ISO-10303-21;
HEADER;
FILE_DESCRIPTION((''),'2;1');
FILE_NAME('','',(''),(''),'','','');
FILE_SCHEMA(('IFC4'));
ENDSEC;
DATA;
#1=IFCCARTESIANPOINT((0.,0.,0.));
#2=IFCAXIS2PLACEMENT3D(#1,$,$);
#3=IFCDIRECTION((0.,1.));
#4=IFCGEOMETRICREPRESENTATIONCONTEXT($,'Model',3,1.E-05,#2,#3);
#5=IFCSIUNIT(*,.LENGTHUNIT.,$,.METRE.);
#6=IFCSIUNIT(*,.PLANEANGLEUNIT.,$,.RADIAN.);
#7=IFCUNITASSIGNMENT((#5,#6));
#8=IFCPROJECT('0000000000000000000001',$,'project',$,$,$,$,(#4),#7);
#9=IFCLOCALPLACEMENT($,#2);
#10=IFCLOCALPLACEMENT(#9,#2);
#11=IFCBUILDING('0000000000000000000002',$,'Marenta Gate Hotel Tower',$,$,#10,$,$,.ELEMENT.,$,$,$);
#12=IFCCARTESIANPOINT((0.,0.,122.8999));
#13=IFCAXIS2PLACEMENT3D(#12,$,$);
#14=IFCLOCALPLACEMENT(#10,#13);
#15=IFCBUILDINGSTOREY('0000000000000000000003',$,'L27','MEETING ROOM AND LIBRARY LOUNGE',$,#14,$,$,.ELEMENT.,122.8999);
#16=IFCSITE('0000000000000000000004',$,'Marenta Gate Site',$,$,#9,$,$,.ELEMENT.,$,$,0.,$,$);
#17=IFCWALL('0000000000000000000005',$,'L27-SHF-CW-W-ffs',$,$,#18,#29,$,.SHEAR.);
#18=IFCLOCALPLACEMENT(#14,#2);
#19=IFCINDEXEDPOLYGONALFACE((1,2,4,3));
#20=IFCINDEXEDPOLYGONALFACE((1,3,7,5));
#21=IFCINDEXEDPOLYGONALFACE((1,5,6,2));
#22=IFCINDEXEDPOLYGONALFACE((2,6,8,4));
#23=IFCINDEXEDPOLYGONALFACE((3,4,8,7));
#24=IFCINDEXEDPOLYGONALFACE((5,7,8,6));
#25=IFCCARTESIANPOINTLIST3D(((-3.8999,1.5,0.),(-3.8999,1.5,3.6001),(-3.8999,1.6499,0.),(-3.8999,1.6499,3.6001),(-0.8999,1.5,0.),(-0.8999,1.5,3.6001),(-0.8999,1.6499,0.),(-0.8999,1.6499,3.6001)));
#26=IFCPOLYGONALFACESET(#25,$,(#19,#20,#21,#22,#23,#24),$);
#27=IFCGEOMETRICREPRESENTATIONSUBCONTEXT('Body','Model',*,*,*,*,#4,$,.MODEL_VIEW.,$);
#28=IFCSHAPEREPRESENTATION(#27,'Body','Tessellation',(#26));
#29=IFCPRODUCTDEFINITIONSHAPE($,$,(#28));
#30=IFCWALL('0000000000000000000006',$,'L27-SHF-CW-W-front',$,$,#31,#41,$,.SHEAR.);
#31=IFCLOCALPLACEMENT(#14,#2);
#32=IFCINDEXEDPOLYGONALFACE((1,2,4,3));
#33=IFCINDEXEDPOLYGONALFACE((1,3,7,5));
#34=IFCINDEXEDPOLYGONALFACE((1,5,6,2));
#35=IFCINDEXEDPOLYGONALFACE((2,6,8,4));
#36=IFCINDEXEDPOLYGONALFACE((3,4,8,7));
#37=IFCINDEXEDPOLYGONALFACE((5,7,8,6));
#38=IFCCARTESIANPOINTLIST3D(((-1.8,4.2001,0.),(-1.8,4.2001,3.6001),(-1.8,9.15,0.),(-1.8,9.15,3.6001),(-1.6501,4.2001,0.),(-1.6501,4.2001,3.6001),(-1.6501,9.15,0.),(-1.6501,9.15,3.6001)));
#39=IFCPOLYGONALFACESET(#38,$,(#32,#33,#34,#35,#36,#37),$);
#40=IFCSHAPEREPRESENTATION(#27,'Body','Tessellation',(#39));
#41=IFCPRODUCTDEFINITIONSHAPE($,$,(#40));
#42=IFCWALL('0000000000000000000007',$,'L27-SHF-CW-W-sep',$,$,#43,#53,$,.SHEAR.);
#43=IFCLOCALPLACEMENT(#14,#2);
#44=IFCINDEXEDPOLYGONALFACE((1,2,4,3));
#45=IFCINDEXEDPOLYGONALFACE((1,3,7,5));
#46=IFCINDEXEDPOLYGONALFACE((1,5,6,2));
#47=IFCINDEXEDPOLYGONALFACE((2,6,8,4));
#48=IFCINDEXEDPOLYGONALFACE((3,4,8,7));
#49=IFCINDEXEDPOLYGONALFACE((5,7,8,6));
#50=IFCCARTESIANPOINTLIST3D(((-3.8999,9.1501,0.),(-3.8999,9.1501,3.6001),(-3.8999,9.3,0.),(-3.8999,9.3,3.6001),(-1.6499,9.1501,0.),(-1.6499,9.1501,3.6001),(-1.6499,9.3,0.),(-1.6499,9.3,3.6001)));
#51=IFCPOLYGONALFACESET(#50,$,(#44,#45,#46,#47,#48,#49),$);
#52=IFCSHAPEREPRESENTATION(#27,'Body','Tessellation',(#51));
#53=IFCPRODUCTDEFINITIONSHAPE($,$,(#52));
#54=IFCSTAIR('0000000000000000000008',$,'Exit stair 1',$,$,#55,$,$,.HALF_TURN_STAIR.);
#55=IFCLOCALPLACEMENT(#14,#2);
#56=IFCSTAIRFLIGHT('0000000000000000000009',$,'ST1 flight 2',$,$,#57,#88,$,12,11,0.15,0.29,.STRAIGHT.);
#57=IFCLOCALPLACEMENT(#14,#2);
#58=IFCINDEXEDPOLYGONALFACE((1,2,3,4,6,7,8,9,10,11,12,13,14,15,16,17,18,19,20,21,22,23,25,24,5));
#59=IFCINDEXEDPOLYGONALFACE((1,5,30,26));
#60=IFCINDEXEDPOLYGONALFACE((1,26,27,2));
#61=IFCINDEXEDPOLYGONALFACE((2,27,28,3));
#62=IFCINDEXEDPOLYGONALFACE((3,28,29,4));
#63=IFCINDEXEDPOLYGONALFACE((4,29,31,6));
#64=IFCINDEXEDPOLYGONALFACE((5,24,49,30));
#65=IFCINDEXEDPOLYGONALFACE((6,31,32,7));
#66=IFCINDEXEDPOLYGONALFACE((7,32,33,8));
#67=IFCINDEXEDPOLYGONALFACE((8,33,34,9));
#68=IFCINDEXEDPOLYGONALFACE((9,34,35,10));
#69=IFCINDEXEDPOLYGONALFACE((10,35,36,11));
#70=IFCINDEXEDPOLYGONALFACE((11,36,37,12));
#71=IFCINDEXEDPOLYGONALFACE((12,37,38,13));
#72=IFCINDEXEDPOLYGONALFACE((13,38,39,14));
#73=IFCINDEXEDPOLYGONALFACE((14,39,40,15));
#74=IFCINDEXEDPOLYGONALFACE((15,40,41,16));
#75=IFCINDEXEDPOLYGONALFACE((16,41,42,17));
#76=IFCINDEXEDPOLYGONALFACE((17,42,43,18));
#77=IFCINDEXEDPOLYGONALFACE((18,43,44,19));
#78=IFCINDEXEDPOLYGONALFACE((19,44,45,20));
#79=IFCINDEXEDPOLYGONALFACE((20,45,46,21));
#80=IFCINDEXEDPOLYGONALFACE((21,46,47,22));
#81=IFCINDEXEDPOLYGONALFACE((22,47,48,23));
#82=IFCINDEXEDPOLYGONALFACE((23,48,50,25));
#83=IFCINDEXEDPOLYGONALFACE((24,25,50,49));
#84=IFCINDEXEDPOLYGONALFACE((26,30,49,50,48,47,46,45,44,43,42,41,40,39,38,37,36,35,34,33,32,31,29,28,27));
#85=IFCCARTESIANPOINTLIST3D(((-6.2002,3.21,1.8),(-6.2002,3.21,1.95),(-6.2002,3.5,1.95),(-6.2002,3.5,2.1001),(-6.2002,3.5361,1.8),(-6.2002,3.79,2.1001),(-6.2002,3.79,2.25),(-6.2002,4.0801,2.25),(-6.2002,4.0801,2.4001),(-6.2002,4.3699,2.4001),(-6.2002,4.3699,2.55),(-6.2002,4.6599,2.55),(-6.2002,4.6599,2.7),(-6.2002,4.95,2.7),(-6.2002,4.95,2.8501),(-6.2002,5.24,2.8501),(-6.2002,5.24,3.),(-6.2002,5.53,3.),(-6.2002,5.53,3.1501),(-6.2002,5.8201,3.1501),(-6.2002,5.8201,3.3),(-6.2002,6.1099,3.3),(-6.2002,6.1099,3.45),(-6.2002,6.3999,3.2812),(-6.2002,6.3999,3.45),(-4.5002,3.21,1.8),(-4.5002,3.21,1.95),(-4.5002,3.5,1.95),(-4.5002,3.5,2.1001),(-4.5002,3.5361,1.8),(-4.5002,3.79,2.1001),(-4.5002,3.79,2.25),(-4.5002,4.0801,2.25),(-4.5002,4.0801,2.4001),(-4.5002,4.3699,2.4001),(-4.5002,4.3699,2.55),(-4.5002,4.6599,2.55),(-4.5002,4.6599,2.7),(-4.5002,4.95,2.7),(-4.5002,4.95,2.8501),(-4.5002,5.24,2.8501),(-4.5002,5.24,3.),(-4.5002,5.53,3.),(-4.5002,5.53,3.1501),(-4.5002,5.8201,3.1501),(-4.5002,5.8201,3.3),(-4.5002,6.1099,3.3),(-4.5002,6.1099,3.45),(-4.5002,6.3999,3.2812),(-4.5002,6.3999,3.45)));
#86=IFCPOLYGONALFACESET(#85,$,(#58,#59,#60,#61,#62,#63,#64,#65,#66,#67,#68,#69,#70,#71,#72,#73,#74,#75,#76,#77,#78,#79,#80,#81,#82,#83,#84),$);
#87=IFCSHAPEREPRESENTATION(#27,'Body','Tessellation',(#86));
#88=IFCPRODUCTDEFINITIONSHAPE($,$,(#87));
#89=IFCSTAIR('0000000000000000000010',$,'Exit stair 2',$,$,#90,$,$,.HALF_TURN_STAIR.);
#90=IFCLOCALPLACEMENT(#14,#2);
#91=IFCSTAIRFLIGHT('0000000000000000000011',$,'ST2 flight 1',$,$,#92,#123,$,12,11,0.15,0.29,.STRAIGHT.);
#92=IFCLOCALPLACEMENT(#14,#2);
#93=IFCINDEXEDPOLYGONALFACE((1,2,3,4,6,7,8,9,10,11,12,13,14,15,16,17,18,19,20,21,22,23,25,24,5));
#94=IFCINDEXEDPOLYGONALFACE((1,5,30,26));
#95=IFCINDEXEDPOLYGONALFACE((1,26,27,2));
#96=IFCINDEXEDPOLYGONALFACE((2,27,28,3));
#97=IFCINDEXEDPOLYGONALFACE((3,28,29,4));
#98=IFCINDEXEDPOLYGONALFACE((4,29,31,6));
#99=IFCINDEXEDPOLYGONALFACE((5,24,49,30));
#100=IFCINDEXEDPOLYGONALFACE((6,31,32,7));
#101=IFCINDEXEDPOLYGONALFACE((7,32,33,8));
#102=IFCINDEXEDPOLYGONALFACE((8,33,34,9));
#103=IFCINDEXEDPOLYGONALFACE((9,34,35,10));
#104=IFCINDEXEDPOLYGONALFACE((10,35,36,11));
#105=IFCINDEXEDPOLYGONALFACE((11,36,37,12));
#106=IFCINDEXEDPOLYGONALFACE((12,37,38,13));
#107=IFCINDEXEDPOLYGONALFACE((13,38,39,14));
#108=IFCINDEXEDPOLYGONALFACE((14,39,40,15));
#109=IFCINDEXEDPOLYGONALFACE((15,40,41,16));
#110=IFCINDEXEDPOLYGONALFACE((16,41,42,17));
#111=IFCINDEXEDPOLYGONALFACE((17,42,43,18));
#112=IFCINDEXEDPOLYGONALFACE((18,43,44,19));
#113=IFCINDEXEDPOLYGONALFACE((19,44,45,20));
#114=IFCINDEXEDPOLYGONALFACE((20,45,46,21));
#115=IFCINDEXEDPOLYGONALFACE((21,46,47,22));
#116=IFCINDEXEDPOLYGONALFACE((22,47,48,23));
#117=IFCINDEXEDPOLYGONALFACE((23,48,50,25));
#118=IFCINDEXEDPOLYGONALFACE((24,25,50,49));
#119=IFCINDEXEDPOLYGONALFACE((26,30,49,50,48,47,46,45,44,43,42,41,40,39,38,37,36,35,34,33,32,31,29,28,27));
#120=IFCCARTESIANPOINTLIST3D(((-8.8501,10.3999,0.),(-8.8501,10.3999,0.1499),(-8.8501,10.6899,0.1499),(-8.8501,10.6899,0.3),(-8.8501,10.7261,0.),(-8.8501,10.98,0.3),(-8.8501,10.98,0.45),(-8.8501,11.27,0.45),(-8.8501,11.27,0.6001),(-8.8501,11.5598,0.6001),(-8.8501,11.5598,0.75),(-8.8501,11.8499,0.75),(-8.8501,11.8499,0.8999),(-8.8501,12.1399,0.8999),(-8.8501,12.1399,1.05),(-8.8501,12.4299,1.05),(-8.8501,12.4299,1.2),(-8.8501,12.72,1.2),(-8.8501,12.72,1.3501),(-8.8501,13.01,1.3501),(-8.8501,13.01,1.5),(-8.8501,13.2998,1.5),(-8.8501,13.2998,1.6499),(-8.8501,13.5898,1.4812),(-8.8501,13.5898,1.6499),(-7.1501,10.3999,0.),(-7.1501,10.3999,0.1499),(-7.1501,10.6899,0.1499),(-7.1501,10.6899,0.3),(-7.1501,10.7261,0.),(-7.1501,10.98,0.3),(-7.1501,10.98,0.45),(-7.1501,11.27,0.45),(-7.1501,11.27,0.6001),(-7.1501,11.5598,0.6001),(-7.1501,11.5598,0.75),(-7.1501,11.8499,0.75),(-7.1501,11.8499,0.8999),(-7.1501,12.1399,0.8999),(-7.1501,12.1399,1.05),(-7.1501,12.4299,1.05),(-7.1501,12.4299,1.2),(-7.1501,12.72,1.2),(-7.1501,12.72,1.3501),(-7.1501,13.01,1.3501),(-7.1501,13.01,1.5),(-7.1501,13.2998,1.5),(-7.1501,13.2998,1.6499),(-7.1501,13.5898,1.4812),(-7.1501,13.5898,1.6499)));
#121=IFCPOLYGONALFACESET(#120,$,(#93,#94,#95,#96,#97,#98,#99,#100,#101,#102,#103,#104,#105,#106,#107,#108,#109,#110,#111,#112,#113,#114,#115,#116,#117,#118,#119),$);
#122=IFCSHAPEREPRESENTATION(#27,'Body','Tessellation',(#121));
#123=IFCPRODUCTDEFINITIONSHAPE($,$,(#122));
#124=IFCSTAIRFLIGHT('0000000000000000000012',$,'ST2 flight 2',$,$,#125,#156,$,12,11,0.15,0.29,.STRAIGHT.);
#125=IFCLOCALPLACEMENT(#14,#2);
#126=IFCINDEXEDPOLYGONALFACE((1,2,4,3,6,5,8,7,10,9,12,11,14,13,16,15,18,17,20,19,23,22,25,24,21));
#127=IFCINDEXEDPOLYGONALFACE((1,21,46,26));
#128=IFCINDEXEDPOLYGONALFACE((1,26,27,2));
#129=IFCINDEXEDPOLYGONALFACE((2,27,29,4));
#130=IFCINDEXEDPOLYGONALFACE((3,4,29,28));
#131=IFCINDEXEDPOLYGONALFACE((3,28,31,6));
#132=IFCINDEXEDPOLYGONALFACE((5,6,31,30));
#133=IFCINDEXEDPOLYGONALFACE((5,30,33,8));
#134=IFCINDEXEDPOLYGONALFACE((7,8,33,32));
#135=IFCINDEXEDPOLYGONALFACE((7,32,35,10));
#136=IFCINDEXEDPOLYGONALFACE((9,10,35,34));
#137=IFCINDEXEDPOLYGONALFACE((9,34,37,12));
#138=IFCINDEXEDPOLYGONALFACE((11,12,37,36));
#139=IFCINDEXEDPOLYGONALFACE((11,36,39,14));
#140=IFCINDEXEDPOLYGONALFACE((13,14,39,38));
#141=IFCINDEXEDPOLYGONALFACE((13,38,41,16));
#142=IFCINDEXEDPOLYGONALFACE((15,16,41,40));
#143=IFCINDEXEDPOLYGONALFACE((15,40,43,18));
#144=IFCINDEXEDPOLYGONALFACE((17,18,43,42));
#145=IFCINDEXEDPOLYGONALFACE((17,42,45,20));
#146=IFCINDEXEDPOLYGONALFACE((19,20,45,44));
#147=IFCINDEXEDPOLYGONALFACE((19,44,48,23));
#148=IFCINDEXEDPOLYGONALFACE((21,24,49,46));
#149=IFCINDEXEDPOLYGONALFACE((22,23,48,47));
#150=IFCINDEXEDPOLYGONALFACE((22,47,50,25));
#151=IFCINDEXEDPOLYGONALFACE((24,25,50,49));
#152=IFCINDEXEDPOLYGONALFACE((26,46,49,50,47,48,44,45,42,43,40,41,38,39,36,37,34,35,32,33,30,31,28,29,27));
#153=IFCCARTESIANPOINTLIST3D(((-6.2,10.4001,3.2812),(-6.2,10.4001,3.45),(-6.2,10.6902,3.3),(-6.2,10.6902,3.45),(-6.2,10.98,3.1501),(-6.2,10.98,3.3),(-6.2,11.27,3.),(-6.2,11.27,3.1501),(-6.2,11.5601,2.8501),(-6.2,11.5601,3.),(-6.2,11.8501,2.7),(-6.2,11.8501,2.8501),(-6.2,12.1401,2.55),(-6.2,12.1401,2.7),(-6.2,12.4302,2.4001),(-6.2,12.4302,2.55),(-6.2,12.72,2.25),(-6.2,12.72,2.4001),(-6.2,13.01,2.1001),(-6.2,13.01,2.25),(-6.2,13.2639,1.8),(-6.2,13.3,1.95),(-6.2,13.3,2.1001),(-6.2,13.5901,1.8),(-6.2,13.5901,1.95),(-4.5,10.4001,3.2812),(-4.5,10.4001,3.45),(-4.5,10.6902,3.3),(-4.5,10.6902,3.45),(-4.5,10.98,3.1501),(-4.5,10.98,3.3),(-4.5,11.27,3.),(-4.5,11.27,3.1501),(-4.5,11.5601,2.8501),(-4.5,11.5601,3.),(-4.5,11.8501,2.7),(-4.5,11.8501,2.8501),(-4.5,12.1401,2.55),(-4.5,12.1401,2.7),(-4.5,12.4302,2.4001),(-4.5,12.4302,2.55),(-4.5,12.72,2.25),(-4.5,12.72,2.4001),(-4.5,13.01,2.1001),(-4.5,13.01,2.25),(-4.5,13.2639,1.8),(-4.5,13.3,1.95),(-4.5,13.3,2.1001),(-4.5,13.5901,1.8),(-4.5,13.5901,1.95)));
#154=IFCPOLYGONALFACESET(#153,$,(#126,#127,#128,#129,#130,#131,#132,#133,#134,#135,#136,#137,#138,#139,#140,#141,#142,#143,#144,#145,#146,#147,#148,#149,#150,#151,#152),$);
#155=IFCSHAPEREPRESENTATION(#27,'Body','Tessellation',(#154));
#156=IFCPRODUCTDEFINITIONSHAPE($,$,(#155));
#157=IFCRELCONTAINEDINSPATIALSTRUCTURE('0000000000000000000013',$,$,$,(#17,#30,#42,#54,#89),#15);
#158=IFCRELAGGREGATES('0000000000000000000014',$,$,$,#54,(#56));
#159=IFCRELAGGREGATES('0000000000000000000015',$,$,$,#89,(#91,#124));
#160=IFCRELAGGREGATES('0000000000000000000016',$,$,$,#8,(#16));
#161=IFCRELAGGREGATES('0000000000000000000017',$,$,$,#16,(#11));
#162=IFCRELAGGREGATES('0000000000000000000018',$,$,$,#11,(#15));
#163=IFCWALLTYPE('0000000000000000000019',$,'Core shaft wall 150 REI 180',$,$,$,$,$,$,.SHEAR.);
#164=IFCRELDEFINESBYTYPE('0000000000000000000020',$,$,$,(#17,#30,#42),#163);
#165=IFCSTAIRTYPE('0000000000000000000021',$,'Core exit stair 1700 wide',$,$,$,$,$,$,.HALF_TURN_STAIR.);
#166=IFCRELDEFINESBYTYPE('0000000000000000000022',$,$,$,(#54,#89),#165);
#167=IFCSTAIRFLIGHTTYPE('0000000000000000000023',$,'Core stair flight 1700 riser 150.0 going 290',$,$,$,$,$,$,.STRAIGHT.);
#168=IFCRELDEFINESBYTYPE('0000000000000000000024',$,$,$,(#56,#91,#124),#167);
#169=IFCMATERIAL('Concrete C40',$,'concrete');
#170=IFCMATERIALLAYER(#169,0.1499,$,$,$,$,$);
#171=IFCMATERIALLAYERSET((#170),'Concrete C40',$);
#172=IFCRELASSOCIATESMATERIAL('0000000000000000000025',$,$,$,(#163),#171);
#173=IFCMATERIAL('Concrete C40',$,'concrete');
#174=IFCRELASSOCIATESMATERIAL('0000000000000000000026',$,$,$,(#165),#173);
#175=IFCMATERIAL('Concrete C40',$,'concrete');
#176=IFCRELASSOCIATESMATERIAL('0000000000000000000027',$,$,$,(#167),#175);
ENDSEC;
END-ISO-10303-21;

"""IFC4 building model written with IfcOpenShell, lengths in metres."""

from ifc_helpers import new_model, si_unit, direction, frame, frame_2d, origin, place, context, subcontext, project, spatial, polyline, rectangle, outline, extrude, material, layer, layer_set, type_object, element, aggregate, save


model = new_model("IFC4")

# Units and contexts
model_context = context("Model", 3, precision=1e-05, world=origin(), true_north=direction((0.0, 1.0)))
body_context = subcontext(model_context, "Body", "Model", "MODEL_VIEW")
ifc_project = project(units=[si_unit("LENGTHUNIT", "METRE"), si_unit("PLANEANGLEUNIT", "RADIAN")], contexts=[model_context])

# Site, building, storey
site_placement = place(None, origin())
site = spatial("IfcSite", under=ifc_project, at=site_placement, Name="Marenta Gate Site", CompositionType="ELEMENT", RefElevation=0.0)
building_placement = place(site_placement, origin())
building = spatial("IfcBuilding", under=site, at=building_placement, Name="Marenta Gate Hotel Tower", CompositionType="ELEMENT")
storey_placement = place(building_placement, frame((0.0, 0.0, 122.8999)))
storey = spatial("IfcBuildingStorey", under=building, at=storey_placement, Name="L27", Description="MEETING ROOM AND LIBRARY LOUNGE", CompositionType="ELEMENT", Elevation=122.8999)

# Shared definitions
ifc_material_1 = material(Name="Concrete C40", Category="concrete")
ifc_layer_1 = layer(ifc_material_1, 0.1499)
ifc_layer_set_1 = layer_set([ifc_layer_1], Name="Concrete C40")
wall_type_1 = type_object("IfcWallType", Name="Core shaft wall 150 REI 180", PredefinedType="SHEAR", material=ifc_layer_set_1)

# Walls
wall_1_placement = place(storey_placement, frame((-3.8999, 1.575, 0.0), z_axis=(0.0, 0.0, 1.0), x_axis=(1.0, 0.0, 0.0)))
element("IfcWall", 1, at=wall_1_placement, inside=storey, type_object=wall_type_1, Name="L27-SHF-CW-W-ffs", PredefinedType="SHEAR", context=body_context, shape_type="SweptSolid", body=[
    extrude(rectangle(XDim=3.0, YDim=0.1499, at=frame_2d((1.5, 0.0))), origin(), (0.0, 0.0, 1.0), 3.6001),
])
wall_2_placement = place(storey_placement, frame((-1.7251, 4.2, 0.0), z_axis=(0.0, 0.0, 1.0), x_axis=(0.0, 1.0, 0.0)))
element("IfcWall", 2, at=wall_2_placement, inside=storey, type_object=wall_type_1, Name="L27-SHF-CW-W-front", PredefinedType="SHEAR", context=body_context, shape_type="SweptSolid", body=[
    extrude(rectangle(XDim=4.95, YDim=0.1499, at=frame_2d((2.4751, 0.0))), origin(), (0.0, 0.0, 1.0), 3.6001),
])
wall_3_placement = place(storey_placement, frame((-3.8999, 9.2251, 0.0), z_axis=(0.0, 0.0, 1.0), x_axis=(1.0, 0.0, 0.0)))
element("IfcWall", 3, at=wall_3_placement, inside=storey, type_object=wall_type_1, Name="L27-SHF-CW-W-sep", PredefinedType="SHEAR", context=body_context, shape_type="SweptSolid", body=[
    extrude(rectangle(XDim=2.25, YDim=0.1499, at=frame_2d((1.125, 0.0))), origin(), (0.0, 0.0, 1.0), 3.6001),
])

# Stair, stair flight
ifc_material_2 = material(Name="Concrete C40", Category="concrete")
stair_type = type_object("IfcStairType", Name="Core exit stair 1700 wide", PredefinedType="HALF_TURN_STAIR", material=ifc_material_2)
stair_1_placement = place(storey_placement, origin())
stair_1 = element("IfcStair", 4, at=stair_1_placement, inside=storey, type_object=stair_type, Name="Exit stair 1", PredefinedType="HALF_TURN_STAIR")
ifc_material_3 = material(Name="Concrete C40", Category="concrete")
stair_flight_type = type_object("IfcStairFlightType", Name="Core stair flight 1700 riser 150.0 going 290", PredefinedType="STRAIGHT", material=ifc_material_3)
stair_flight_1_placement = place(storey_placement, frame((-5.3501, 3.21, 1.8), z_axis=(0.0, 0.0, 1.0), x_axis=(0.0, 1.0, 0.0)))
stair_flight_1 = element("IfcStairFlight", 5, at=stair_flight_1_placement, type_object=stair_flight_type, Name="ST1 flight 2", NumberOfRisers=12, NumberOfTreads=11, PredefinedType="STRAIGHT", RiserHeight=0.15, TreadLength=0.29, context=body_context, shape_type="SweptSolid", body=[
    extrude(outline(polyline([(0.0, 0.0), (0.0, 0.1499), (0.29, 0.1499), (0.29, 0.3), (0.5801, 0.3), (0.5801, 0.45), (0.8701, 0.45), (0.8701, 0.6001), (1.1599, 0.6001), (1.1599, 0.75), (1.45, 0.75), (1.45, 0.8999), (1.74, 0.8999), (1.74, 1.05), (2.03, 1.05), (2.03, 1.2), (2.3201, 1.2), (2.3201, 1.3501), (2.6101, 1.3501), (2.6101, 1.5), (2.8999, 1.5), (2.8999, 1.6499), (3.1899, 1.6499), (3.1899, 1.8), (3.1899, 1.4812), (0.3262, 0.0), (0.0, 0.0)])), frame((0.0, 0.8501, 0.0), z_axis=(0.0, -1.0, 0.0), x_axis=(1.0, 0.0, 0.0)), (0.0, 0.0, 1.0), 1.7),
])
aggregate(stair_1, [stair_flight_1])

# Stair, stair flights
stair_2_placement = place(storey_placement, origin())
stair_2 = element("IfcStair", 6, at=stair_2_placement, inside=storey, type_object=stair_type, Name="Exit stair 2", PredefinedType="HALF_TURN_STAIR")
stair_flight_2_placement = place(storey_placement, frame((-8.0, 10.3999, 0.0), z_axis=(0.0, 0.0, 1.0), x_axis=(0.0, 1.0, 0.0)))
stair_flight_2 = element("IfcStairFlight", 7, at=stair_flight_2_placement, type_object=stair_flight_type, Name="ST2 flight 1", NumberOfRisers=12, NumberOfTreads=11, PredefinedType="STRAIGHT", RiserHeight=0.15, TreadLength=0.29, context=body_context, shape_type="SweptSolid", body=[
    extrude(outline(polyline([(0.0, 0.0), (0.0, 0.1499), (0.29, 0.1499), (0.29, 0.3), (0.5801, 0.3), (0.5801, 0.45), (0.8701, 0.45), (0.8701, 0.6001), (1.1599, 0.6001), (1.1599, 0.75), (1.45, 0.75), (1.45, 0.8999), (1.74, 0.8999), (1.74, 1.05), (2.03, 1.05), (2.03, 1.2), (2.3201, 1.2), (2.3201, 1.3501), (2.6101, 1.3501), (2.6101, 1.5), (2.8999, 1.5), (2.8999, 1.6499), (3.1899, 1.6499), (3.1899, 1.8), (3.1899, 1.4812), (0.3262, 0.0), (0.0, 0.0)])), frame((0.0, 0.8501, 0.0), z_axis=(0.0, -1.0, 0.0), x_axis=(1.0, 0.0, 0.0)), (0.0, 0.0, 1.0), 1.7),
])
stair_flight_3_placement = place(storey_placement, frame((-5.3501, 13.5901, 1.8), z_axis=(0.0, 0.0, 1.0), x_axis=(0.0, -1.0, 0.0)))
stair_flight_3 = element("IfcStairFlight", 8, at=stair_flight_3_placement, type_object=stair_flight_type, Name="ST2 flight 2", NumberOfRisers=12, NumberOfTreads=11, PredefinedType="STRAIGHT", RiserHeight=0.15, TreadLength=0.29, context=body_context, shape_type="SweptSolid", body=[
    extrude(outline(polyline([(0.0, 0.0), (0.0, 0.1499), (0.29, 0.1499), (0.29, 0.3), (0.5801, 0.3), (0.5801, 0.45), (0.8701, 0.45), (0.8701, 0.6001), (1.1599, 0.6001), (1.1599, 0.75), (1.45, 0.75), (1.45, 0.8999), (1.74, 0.8999), (1.74, 1.05), (2.03, 1.05), (2.03, 1.2), (2.3201, 1.2), (2.3201, 1.3501), (2.6101, 1.3501), (2.6101, 1.5), (2.8999, 1.5), (2.8999, 1.6499), (3.1899, 1.6499), (3.1899, 1.8), (3.1899, 1.4812), (0.3262, 0.0), (0.0, 0.0)])), frame((0.0, 0.8501, 0.0), z_axis=(0.0, -1.0, 0.0), x_axis=(1.0, 0.0, 0.0)), (0.0, 0.0, 1.0), 1.7),
])
aggregate(stair_2, [stair_flight_2, stair_flight_3])

save(model, "model.ifc")
